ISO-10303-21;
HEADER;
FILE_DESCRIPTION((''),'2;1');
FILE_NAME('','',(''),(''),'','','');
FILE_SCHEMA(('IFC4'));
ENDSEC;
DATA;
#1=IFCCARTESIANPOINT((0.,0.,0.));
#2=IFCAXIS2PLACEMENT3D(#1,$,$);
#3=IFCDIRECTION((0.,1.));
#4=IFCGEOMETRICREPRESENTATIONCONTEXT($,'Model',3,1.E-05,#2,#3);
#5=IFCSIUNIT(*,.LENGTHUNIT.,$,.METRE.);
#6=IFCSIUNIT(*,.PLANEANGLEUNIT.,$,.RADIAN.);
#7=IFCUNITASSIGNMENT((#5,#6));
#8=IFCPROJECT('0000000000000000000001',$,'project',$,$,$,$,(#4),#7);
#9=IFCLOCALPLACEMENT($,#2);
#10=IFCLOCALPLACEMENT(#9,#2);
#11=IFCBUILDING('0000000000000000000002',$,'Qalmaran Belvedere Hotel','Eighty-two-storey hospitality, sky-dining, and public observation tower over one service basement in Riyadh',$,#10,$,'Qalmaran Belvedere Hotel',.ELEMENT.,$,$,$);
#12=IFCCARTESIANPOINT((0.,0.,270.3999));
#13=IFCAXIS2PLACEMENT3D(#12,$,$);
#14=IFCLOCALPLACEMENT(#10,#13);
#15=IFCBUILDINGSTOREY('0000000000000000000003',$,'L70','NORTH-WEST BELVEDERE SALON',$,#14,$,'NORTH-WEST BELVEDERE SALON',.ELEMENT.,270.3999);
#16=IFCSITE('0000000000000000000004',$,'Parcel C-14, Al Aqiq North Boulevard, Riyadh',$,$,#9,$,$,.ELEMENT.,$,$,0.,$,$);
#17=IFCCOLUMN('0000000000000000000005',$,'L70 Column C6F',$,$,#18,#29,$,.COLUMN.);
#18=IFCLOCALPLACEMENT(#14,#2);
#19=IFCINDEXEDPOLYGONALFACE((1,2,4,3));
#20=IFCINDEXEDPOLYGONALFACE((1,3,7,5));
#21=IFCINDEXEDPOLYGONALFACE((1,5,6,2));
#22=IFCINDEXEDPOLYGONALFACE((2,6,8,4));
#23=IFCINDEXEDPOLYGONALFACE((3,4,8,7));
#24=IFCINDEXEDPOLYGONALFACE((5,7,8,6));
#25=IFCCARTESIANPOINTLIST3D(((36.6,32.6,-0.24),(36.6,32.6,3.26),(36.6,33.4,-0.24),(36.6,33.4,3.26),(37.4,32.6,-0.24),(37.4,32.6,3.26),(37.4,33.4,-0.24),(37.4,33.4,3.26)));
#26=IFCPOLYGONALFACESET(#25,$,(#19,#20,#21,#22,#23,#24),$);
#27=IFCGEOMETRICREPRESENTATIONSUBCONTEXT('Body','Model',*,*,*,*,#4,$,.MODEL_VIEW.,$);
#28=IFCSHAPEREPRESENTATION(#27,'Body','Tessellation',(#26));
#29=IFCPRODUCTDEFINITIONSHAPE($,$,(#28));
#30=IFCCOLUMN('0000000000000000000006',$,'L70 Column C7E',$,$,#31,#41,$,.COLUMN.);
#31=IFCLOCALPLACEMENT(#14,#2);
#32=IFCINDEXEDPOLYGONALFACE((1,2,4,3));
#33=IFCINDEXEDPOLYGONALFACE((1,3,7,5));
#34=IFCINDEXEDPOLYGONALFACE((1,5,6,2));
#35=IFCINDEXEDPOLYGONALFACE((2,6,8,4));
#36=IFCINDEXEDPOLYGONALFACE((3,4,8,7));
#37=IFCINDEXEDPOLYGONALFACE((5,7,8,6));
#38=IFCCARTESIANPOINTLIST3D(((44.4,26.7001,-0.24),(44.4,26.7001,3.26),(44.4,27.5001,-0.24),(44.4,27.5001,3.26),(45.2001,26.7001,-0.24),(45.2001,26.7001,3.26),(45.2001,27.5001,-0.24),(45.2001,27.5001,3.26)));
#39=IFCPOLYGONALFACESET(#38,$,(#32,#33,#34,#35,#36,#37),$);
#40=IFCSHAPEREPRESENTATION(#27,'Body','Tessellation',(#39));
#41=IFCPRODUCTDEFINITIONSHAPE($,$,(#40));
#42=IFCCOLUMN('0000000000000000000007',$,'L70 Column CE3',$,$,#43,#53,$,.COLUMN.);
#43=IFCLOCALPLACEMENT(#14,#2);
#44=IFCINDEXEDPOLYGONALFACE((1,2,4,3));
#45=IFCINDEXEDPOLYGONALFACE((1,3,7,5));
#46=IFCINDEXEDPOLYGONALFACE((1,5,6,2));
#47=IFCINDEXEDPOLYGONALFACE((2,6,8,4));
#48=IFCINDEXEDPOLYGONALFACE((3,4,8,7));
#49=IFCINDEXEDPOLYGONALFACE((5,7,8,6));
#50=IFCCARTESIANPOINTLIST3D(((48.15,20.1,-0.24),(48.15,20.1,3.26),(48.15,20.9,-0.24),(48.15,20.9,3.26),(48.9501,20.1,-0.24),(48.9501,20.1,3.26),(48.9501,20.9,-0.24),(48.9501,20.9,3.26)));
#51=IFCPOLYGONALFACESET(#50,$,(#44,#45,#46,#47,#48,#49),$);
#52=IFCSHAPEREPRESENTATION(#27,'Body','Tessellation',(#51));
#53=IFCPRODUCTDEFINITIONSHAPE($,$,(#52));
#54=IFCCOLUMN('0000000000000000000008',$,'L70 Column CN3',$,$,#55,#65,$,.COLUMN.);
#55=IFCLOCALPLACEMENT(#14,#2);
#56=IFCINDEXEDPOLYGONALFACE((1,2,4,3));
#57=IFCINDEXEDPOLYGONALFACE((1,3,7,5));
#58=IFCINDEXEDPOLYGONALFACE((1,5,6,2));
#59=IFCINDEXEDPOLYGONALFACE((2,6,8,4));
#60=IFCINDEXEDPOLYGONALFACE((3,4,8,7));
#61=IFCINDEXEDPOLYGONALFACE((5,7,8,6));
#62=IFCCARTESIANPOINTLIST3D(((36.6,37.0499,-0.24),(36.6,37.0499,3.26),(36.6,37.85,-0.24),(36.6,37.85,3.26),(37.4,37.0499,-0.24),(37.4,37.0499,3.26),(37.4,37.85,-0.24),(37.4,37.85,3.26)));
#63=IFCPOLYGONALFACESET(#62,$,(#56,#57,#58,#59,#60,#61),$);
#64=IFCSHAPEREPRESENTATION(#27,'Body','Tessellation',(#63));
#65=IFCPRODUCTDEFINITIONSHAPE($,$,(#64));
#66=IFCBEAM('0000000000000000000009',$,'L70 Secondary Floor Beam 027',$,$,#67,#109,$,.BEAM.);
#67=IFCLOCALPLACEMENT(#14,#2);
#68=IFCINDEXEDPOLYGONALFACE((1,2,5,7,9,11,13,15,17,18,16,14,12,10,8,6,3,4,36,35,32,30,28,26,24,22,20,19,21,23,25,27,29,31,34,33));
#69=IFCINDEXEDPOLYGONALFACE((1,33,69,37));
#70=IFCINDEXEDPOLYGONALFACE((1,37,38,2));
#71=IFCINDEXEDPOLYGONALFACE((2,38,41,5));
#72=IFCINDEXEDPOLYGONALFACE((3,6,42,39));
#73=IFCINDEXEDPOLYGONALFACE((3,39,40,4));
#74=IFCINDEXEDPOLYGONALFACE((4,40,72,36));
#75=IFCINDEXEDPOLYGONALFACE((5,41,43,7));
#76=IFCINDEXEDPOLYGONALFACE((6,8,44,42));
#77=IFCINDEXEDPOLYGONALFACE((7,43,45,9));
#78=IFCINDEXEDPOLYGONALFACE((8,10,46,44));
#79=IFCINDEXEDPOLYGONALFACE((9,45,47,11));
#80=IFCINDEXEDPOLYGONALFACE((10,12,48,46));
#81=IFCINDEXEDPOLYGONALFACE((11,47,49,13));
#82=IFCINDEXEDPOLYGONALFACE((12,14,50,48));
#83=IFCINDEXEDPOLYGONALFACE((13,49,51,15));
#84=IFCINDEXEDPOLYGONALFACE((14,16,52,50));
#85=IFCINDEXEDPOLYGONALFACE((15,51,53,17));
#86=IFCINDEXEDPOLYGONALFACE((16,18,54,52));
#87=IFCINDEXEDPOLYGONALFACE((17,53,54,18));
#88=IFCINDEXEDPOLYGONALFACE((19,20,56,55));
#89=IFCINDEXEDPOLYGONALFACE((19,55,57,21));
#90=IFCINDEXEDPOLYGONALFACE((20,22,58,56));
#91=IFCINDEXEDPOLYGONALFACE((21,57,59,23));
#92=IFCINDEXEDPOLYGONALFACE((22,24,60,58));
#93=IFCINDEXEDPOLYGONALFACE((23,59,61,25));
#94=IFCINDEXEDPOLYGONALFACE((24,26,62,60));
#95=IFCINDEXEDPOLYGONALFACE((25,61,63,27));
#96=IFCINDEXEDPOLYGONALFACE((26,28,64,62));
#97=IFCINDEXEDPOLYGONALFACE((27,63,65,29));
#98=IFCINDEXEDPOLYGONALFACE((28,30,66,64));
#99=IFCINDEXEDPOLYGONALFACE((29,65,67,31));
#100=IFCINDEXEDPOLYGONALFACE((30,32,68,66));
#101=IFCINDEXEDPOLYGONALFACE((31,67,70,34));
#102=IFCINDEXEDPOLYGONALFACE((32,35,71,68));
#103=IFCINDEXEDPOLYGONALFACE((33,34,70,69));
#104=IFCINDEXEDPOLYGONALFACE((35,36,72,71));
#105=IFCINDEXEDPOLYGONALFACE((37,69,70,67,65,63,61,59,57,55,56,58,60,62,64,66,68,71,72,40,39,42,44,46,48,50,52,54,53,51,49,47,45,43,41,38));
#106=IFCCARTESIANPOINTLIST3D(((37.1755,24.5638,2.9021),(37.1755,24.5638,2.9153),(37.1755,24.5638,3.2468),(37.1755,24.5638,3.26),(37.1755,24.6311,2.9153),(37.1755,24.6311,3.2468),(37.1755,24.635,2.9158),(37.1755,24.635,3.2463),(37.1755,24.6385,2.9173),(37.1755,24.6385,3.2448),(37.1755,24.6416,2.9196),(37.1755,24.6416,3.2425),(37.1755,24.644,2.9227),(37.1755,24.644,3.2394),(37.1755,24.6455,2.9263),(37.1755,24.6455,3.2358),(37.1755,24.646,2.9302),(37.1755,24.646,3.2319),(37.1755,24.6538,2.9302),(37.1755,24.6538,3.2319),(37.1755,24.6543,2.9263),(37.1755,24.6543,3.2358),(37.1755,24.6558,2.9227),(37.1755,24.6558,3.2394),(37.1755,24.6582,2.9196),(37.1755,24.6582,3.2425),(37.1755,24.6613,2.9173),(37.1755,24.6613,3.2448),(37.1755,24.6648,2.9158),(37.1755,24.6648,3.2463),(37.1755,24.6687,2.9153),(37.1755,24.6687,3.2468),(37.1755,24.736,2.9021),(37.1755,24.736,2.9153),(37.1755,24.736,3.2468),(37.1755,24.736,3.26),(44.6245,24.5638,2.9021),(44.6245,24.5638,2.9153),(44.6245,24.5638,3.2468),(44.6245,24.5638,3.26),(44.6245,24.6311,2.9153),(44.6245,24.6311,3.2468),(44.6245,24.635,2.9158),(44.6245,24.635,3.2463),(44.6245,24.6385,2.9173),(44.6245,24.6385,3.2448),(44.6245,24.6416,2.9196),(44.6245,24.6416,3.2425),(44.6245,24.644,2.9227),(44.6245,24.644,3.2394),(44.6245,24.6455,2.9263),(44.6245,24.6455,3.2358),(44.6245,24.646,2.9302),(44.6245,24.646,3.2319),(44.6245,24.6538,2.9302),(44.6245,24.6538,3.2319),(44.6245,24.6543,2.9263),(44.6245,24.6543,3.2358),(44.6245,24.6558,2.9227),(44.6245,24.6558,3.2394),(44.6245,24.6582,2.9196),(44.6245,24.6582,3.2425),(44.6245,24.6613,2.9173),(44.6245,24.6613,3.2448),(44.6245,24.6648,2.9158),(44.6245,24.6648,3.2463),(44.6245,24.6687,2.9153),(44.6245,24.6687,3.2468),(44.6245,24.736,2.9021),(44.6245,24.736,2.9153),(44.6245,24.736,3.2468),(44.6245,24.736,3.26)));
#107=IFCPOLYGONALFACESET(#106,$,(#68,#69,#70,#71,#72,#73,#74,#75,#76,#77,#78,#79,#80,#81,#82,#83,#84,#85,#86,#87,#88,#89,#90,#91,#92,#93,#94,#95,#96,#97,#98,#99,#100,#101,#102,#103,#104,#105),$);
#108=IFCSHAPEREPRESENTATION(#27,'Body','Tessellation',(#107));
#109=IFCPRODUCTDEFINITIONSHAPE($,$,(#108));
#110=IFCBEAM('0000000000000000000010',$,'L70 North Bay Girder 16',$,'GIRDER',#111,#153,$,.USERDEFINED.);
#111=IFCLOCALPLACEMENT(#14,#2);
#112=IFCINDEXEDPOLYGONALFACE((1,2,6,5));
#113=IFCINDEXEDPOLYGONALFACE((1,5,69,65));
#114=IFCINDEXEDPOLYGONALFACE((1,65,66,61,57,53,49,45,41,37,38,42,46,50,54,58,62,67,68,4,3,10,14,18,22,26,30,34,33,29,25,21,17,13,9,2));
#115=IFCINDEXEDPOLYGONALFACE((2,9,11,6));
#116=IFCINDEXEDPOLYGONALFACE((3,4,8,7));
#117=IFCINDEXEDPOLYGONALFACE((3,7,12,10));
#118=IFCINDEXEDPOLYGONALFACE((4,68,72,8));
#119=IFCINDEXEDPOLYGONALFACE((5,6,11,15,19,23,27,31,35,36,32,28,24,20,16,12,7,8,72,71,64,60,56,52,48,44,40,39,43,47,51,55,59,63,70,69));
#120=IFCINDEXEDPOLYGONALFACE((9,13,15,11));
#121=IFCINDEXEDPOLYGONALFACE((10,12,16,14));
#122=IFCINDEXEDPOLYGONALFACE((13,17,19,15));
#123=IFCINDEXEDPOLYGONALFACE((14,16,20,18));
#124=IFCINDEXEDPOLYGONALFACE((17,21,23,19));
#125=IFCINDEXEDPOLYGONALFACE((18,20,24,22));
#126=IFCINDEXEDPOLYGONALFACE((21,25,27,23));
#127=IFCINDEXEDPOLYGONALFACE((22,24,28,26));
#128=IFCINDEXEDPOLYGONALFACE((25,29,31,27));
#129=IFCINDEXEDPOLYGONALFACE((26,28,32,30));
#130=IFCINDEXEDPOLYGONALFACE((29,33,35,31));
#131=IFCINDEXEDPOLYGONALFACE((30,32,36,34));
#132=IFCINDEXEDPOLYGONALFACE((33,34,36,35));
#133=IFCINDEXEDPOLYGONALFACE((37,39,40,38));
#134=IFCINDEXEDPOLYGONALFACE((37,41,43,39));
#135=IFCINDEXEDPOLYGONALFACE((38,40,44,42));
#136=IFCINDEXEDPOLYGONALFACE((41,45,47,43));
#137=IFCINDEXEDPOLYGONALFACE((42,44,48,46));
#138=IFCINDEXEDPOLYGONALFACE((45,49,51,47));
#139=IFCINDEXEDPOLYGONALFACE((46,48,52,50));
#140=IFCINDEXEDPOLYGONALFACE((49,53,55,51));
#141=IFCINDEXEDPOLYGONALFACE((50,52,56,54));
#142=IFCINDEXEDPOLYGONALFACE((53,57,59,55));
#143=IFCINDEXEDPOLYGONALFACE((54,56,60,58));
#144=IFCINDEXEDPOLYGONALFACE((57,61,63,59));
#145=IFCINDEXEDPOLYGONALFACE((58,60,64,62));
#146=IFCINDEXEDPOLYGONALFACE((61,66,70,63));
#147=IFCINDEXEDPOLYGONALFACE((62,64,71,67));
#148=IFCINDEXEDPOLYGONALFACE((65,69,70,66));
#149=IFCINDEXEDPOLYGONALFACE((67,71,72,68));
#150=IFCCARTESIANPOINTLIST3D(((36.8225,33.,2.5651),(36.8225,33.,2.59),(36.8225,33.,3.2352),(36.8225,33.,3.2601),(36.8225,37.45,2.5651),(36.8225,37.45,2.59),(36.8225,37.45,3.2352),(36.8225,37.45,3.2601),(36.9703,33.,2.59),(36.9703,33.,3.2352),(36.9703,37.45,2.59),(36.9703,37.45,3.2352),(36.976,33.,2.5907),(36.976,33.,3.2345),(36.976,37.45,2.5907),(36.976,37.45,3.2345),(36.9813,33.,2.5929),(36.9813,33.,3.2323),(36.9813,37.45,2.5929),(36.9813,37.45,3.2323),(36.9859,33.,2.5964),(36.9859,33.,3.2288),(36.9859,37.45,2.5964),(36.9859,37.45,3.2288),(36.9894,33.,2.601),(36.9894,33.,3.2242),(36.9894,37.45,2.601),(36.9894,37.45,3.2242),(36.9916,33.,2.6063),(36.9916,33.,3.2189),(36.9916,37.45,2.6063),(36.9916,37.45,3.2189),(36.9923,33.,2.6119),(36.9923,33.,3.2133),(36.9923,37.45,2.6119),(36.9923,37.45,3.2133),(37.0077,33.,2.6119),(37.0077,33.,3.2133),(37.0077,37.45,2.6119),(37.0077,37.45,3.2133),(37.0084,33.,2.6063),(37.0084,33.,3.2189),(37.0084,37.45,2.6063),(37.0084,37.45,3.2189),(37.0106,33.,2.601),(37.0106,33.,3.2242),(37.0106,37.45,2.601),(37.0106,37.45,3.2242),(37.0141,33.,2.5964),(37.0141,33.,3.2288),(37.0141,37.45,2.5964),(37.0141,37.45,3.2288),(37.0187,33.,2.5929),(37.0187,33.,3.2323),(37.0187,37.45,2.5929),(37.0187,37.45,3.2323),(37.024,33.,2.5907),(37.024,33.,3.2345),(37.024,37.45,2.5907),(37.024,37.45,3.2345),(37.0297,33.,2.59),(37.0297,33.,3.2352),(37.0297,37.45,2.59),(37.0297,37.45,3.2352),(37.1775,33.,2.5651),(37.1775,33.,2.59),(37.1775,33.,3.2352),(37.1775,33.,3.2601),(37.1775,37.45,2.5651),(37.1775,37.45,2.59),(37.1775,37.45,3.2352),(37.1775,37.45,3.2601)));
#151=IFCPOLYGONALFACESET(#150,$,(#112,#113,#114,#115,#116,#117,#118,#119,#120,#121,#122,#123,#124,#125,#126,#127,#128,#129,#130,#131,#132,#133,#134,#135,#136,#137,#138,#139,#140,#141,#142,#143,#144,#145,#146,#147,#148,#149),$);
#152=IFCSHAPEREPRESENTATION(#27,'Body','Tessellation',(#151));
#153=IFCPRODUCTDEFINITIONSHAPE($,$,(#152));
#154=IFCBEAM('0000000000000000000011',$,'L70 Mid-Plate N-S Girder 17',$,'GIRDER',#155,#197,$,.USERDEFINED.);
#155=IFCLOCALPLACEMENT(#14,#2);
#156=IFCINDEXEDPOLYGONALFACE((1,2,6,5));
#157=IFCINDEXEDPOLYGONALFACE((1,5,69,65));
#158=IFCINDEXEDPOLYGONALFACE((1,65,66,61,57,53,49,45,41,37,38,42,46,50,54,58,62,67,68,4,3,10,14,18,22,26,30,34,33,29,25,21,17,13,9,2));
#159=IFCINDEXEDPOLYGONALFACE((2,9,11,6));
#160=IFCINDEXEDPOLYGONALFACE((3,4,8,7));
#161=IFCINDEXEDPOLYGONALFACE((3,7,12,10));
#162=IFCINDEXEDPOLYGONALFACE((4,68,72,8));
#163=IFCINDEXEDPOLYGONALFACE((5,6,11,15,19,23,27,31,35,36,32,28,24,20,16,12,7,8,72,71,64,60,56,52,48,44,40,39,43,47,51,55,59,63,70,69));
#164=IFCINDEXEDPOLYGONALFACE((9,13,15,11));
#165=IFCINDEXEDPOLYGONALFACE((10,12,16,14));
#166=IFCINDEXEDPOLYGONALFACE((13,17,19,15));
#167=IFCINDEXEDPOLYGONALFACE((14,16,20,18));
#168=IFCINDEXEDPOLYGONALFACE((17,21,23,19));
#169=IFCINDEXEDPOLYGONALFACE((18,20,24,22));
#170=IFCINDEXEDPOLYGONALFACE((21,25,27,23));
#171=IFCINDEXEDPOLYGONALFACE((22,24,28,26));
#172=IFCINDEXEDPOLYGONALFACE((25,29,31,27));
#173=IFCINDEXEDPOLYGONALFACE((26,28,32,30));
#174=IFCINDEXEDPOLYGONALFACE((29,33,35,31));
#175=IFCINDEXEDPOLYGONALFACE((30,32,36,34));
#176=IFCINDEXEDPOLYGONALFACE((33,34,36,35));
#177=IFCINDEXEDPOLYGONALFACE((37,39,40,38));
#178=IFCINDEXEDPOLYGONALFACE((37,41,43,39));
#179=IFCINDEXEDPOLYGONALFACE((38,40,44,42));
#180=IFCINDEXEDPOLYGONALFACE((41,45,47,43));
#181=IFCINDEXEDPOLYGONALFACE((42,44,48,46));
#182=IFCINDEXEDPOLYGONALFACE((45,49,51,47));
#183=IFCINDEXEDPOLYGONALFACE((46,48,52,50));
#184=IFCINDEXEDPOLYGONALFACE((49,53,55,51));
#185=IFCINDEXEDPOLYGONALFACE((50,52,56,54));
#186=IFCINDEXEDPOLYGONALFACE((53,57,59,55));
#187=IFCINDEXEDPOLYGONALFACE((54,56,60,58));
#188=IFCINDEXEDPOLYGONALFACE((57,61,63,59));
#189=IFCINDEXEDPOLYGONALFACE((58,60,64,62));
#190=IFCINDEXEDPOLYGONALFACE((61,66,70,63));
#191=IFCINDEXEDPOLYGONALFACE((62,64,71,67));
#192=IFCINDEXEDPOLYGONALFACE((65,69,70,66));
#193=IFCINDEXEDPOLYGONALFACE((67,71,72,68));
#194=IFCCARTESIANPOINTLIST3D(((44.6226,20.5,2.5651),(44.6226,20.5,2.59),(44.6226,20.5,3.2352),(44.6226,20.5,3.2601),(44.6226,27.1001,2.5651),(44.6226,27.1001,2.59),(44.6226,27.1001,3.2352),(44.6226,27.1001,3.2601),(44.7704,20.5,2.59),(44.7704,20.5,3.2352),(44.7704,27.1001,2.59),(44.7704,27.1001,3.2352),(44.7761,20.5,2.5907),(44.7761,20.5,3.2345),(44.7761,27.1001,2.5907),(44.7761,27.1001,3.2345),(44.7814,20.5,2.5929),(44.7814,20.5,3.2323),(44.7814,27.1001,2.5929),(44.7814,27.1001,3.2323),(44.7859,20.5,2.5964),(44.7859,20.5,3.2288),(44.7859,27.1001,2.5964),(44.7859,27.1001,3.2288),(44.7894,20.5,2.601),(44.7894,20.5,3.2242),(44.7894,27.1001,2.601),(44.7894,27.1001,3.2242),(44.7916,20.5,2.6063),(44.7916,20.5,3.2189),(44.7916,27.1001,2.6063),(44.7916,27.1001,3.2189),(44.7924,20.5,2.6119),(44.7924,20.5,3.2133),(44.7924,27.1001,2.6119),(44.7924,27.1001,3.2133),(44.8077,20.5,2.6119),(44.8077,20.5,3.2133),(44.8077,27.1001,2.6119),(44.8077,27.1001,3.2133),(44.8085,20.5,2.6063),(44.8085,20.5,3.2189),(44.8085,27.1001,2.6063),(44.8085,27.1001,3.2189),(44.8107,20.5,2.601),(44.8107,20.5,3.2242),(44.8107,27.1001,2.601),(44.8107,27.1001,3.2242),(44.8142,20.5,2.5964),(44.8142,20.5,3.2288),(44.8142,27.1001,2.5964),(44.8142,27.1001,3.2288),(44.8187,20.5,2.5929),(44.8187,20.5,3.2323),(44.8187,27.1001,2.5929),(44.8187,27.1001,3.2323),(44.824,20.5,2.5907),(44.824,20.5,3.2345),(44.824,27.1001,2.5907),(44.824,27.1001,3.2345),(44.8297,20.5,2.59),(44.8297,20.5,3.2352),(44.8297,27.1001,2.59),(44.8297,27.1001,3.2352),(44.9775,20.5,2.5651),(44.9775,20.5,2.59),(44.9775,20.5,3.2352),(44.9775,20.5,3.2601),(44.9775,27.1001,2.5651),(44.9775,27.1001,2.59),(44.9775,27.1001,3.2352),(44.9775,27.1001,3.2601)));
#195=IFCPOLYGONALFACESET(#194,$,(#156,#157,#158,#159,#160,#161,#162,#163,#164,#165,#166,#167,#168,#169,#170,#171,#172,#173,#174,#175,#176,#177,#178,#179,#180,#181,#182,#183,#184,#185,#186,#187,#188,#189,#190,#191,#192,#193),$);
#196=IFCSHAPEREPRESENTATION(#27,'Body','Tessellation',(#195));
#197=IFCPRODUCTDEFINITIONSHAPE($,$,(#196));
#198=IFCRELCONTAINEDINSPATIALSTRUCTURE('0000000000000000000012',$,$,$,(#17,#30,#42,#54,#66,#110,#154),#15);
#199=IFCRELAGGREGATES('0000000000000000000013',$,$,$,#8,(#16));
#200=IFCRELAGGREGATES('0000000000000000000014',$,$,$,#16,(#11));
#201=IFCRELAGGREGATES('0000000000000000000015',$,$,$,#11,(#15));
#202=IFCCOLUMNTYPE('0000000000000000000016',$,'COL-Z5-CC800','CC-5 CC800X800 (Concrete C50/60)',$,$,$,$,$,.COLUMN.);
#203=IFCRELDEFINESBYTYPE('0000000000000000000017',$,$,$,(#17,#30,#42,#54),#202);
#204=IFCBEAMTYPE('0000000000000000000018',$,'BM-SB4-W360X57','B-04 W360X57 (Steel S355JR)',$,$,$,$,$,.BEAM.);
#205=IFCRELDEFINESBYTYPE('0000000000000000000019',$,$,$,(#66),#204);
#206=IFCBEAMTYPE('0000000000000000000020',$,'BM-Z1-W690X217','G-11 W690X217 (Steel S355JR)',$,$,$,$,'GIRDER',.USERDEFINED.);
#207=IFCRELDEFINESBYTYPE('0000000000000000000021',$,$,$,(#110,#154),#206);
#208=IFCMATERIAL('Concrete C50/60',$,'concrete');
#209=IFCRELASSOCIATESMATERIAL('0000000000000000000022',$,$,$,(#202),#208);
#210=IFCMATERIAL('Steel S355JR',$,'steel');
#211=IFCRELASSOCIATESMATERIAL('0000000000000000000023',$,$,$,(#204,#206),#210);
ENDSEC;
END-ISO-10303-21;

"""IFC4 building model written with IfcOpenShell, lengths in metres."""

from ifc_helpers import new_model, si_unit, direction, frame, origin, origin_2d, place, context, subcontext, project, spatial, rectangle, i_section, extrude, material, material_profile, profile_set, type_object, element, save


model = new_model("IFC4")

# Units and contexts
model_context = context("Model", 3, precision=1e-05, world=origin(), true_north=direction((0.0, 1.0)))
body_context = subcontext(model_context, "Body", "Model", "MODEL_VIEW")
ifc_project = project(units=[si_unit("LENGTHUNIT", "METRE"), si_unit("PLANEANGLEUNIT", "RADIAN")], contexts=[model_context])

# Site, building, storey
site_placement = place(None, origin())
site = spatial("IfcSite", under=ifc_project, at=site_placement, Name="Parcel C-14, Al Aqiq North Boulevard, Riyadh", CompositionType="ELEMENT", RefElevation=0.0)
building_placement = place(site_placement, origin())
building = spatial("IfcBuilding", under=site, at=building_placement, Name="Qalmaran Belvedere Hotel", Description="Eighty-two-storey hospitality, sky-dining, and public observation tower over one service basement in Riyadh", LongName="Qalmaran Belvedere Hotel", CompositionType="ELEMENT")
storey_placement = place(building_placement, frame((0.0, 0.0, 270.3999)))
storey = spatial("IfcBuildingStorey", under=building, at=storey_placement, Name="L70", Description="NORTH-WEST BELVEDERE SALON", LongName="NORTH-WEST BELVEDERE SALON", CompositionType="ELEMENT", Elevation=270.3999)

# Columns
ifc_material_1 = material(Name="Concrete C50/60", Category="concrete")
ifc_material_profile_1 = material_profile(ifc_material_1, rectangle(XDim=0.8, YDim=0.8, at=origin_2d()), Name="CC800X800")
ifc_profile_set_1 = profile_set([ifc_material_profile_1], Name="Concrete C50/60")
column_type = type_object("IfcColumnType", Name="COL-Z5-CC800", Description="CC-5 CC800X800 (Concrete C50/60)", PredefinedType="COLUMN", material=ifc_profile_set_1)
for number, where, z_axis, x_axis, name in (
    (1, (37.0, 33.0, -0.24), (0.0, 0.0, 1.0), (1.0, 0.0, 0.0), "L70 Column C6F"),
    (2, (44.8, 27.1001, -0.24), (0.0, 0.0, 1.0), (1.0, 0.0, 0.0), "L70 Column C7E"),
    (3, (48.55, 20.5, -0.24), (0.0, 0.0, 1.0), (1.0, 0.0, 0.0), "L70 Column CE3"),
    (4, (37.0, 37.45, -0.24), (0.0, 0.0, 1.0), (1.0, 0.0, 0.0), "L70 Column CN3"),
):
    element("IfcColumn", number, at=place(storey_placement, frame(where, z_axis=z_axis, x_axis=x_axis)), inside=storey, type_object=column_type, Name=name, PredefinedType="COLUMN", context=body_context, shape_type="SweptSolid", body=[
        extrude(rectangle(XDim=0.8, YDim=0.8, at=origin_2d()), origin(), (0.0, 0.0, 1.0), 3.5),
    ])

# Beams
ifc_material_2 = material(Name="Steel S355JR", Category="steel")
ifc_material_profile_2 = material_profile(ifc_material_2, i_section(OverallWidth=0.1721, OverallDepth=0.3579, WebThickness=0.0078, FlangeThickness=0.0132, FilletRadius=0.0149, at=origin_2d()), Name="W360X57")
ifc_profile_set_2 = profile_set([ifc_material_profile_2], Name="Steel S355JR")
beam_type_1 = type_object("IfcBeamType", Name="BM-SB4-W360X57", Description="B-04 W360X57 (Steel S355JR)", PredefinedType="BEAM", material=ifc_profile_set_2)
beam_1_placement = place(storey_placement, frame((37.1755, 24.6499, 3.0811), z_axis=(1.0, 0.0, 0.0), x_axis=(0.0, 1.0, 0.0)))
element("IfcBeam", 5, at=beam_1_placement, inside=storey, type_object=beam_type_1, Name="L70 Secondary Floor Beam 027", PredefinedType="BEAM", context=body_context, shape_type="SweptSolid", body=[
    extrude(i_section(OverallWidth=0.1721, OverallDepth=0.3579, WebThickness=0.0078, FlangeThickness=0.0132, FilletRadius=0.0149, at=origin_2d()), origin(), (0.0, 0.0, 1.0), 7.449),
])
ifc_material_profile_3 = material_profile(ifc_material_2, i_section(OverallWidth=0.355, OverallDepth=0.6951, WebThickness=0.0154, FlangeThickness=0.0249, FilletRadius=0.022, at=origin_2d()), Name="W690X217")
ifc_profile_set_3 = profile_set([ifc_material_profile_3], Name="Steel S355JR")
beam_type_2 = type_object("IfcBeamType", Name="BM-Z1-W690X217", Description="G-11 W690X217 (Steel S355JR)", ElementType="GIRDER", PredefinedType="USERDEFINED", material=ifc_profile_set_3)
beam_2_placement = place(storey_placement, frame((37.0, 33.0, 2.9126), z_axis=(0.0, 1.0, 0.0), x_axis=(-1.0, 0.0, 0.0)))
element("IfcBeam", 6, at=beam_2_placement, inside=storey, type_object=beam_type_2, Name="L70 North Bay Girder 16", ObjectType="GIRDER", PredefinedType="USERDEFINED", context=body_context, shape_type="SweptSolid", body=[
    extrude(i_section(OverallWidth=0.355, OverallDepth=0.6951, WebThickness=0.0154, FlangeThickness=0.0249, FilletRadius=0.022, at=origin_2d()), origin(), (0.0, 0.0, 1.0), 4.45),
])
beam_3_placement = place(storey_placement, frame((44.8, 20.5, 2.9126), z_axis=(0.0, 1.0, 0.0), x_axis=(-1.0, 0.0, 0.0)))
element("IfcBeam", 7, at=beam_3_placement, inside=storey, type_object=beam_type_2, Name="L70 Mid-Plate N-S Girder 17", ObjectType="GIRDER", PredefinedType="USERDEFINED", context=body_context, shape_type="SweptSolid", body=[
    extrude(i_section(OverallWidth=0.355, OverallDepth=0.6951, WebThickness=0.0154, FlangeThickness=0.0249, FilletRadius=0.022, at=origin_2d()), origin(), (0.0, 0.0, 1.0), 6.6001),
])

save(model, "model.ifc")
